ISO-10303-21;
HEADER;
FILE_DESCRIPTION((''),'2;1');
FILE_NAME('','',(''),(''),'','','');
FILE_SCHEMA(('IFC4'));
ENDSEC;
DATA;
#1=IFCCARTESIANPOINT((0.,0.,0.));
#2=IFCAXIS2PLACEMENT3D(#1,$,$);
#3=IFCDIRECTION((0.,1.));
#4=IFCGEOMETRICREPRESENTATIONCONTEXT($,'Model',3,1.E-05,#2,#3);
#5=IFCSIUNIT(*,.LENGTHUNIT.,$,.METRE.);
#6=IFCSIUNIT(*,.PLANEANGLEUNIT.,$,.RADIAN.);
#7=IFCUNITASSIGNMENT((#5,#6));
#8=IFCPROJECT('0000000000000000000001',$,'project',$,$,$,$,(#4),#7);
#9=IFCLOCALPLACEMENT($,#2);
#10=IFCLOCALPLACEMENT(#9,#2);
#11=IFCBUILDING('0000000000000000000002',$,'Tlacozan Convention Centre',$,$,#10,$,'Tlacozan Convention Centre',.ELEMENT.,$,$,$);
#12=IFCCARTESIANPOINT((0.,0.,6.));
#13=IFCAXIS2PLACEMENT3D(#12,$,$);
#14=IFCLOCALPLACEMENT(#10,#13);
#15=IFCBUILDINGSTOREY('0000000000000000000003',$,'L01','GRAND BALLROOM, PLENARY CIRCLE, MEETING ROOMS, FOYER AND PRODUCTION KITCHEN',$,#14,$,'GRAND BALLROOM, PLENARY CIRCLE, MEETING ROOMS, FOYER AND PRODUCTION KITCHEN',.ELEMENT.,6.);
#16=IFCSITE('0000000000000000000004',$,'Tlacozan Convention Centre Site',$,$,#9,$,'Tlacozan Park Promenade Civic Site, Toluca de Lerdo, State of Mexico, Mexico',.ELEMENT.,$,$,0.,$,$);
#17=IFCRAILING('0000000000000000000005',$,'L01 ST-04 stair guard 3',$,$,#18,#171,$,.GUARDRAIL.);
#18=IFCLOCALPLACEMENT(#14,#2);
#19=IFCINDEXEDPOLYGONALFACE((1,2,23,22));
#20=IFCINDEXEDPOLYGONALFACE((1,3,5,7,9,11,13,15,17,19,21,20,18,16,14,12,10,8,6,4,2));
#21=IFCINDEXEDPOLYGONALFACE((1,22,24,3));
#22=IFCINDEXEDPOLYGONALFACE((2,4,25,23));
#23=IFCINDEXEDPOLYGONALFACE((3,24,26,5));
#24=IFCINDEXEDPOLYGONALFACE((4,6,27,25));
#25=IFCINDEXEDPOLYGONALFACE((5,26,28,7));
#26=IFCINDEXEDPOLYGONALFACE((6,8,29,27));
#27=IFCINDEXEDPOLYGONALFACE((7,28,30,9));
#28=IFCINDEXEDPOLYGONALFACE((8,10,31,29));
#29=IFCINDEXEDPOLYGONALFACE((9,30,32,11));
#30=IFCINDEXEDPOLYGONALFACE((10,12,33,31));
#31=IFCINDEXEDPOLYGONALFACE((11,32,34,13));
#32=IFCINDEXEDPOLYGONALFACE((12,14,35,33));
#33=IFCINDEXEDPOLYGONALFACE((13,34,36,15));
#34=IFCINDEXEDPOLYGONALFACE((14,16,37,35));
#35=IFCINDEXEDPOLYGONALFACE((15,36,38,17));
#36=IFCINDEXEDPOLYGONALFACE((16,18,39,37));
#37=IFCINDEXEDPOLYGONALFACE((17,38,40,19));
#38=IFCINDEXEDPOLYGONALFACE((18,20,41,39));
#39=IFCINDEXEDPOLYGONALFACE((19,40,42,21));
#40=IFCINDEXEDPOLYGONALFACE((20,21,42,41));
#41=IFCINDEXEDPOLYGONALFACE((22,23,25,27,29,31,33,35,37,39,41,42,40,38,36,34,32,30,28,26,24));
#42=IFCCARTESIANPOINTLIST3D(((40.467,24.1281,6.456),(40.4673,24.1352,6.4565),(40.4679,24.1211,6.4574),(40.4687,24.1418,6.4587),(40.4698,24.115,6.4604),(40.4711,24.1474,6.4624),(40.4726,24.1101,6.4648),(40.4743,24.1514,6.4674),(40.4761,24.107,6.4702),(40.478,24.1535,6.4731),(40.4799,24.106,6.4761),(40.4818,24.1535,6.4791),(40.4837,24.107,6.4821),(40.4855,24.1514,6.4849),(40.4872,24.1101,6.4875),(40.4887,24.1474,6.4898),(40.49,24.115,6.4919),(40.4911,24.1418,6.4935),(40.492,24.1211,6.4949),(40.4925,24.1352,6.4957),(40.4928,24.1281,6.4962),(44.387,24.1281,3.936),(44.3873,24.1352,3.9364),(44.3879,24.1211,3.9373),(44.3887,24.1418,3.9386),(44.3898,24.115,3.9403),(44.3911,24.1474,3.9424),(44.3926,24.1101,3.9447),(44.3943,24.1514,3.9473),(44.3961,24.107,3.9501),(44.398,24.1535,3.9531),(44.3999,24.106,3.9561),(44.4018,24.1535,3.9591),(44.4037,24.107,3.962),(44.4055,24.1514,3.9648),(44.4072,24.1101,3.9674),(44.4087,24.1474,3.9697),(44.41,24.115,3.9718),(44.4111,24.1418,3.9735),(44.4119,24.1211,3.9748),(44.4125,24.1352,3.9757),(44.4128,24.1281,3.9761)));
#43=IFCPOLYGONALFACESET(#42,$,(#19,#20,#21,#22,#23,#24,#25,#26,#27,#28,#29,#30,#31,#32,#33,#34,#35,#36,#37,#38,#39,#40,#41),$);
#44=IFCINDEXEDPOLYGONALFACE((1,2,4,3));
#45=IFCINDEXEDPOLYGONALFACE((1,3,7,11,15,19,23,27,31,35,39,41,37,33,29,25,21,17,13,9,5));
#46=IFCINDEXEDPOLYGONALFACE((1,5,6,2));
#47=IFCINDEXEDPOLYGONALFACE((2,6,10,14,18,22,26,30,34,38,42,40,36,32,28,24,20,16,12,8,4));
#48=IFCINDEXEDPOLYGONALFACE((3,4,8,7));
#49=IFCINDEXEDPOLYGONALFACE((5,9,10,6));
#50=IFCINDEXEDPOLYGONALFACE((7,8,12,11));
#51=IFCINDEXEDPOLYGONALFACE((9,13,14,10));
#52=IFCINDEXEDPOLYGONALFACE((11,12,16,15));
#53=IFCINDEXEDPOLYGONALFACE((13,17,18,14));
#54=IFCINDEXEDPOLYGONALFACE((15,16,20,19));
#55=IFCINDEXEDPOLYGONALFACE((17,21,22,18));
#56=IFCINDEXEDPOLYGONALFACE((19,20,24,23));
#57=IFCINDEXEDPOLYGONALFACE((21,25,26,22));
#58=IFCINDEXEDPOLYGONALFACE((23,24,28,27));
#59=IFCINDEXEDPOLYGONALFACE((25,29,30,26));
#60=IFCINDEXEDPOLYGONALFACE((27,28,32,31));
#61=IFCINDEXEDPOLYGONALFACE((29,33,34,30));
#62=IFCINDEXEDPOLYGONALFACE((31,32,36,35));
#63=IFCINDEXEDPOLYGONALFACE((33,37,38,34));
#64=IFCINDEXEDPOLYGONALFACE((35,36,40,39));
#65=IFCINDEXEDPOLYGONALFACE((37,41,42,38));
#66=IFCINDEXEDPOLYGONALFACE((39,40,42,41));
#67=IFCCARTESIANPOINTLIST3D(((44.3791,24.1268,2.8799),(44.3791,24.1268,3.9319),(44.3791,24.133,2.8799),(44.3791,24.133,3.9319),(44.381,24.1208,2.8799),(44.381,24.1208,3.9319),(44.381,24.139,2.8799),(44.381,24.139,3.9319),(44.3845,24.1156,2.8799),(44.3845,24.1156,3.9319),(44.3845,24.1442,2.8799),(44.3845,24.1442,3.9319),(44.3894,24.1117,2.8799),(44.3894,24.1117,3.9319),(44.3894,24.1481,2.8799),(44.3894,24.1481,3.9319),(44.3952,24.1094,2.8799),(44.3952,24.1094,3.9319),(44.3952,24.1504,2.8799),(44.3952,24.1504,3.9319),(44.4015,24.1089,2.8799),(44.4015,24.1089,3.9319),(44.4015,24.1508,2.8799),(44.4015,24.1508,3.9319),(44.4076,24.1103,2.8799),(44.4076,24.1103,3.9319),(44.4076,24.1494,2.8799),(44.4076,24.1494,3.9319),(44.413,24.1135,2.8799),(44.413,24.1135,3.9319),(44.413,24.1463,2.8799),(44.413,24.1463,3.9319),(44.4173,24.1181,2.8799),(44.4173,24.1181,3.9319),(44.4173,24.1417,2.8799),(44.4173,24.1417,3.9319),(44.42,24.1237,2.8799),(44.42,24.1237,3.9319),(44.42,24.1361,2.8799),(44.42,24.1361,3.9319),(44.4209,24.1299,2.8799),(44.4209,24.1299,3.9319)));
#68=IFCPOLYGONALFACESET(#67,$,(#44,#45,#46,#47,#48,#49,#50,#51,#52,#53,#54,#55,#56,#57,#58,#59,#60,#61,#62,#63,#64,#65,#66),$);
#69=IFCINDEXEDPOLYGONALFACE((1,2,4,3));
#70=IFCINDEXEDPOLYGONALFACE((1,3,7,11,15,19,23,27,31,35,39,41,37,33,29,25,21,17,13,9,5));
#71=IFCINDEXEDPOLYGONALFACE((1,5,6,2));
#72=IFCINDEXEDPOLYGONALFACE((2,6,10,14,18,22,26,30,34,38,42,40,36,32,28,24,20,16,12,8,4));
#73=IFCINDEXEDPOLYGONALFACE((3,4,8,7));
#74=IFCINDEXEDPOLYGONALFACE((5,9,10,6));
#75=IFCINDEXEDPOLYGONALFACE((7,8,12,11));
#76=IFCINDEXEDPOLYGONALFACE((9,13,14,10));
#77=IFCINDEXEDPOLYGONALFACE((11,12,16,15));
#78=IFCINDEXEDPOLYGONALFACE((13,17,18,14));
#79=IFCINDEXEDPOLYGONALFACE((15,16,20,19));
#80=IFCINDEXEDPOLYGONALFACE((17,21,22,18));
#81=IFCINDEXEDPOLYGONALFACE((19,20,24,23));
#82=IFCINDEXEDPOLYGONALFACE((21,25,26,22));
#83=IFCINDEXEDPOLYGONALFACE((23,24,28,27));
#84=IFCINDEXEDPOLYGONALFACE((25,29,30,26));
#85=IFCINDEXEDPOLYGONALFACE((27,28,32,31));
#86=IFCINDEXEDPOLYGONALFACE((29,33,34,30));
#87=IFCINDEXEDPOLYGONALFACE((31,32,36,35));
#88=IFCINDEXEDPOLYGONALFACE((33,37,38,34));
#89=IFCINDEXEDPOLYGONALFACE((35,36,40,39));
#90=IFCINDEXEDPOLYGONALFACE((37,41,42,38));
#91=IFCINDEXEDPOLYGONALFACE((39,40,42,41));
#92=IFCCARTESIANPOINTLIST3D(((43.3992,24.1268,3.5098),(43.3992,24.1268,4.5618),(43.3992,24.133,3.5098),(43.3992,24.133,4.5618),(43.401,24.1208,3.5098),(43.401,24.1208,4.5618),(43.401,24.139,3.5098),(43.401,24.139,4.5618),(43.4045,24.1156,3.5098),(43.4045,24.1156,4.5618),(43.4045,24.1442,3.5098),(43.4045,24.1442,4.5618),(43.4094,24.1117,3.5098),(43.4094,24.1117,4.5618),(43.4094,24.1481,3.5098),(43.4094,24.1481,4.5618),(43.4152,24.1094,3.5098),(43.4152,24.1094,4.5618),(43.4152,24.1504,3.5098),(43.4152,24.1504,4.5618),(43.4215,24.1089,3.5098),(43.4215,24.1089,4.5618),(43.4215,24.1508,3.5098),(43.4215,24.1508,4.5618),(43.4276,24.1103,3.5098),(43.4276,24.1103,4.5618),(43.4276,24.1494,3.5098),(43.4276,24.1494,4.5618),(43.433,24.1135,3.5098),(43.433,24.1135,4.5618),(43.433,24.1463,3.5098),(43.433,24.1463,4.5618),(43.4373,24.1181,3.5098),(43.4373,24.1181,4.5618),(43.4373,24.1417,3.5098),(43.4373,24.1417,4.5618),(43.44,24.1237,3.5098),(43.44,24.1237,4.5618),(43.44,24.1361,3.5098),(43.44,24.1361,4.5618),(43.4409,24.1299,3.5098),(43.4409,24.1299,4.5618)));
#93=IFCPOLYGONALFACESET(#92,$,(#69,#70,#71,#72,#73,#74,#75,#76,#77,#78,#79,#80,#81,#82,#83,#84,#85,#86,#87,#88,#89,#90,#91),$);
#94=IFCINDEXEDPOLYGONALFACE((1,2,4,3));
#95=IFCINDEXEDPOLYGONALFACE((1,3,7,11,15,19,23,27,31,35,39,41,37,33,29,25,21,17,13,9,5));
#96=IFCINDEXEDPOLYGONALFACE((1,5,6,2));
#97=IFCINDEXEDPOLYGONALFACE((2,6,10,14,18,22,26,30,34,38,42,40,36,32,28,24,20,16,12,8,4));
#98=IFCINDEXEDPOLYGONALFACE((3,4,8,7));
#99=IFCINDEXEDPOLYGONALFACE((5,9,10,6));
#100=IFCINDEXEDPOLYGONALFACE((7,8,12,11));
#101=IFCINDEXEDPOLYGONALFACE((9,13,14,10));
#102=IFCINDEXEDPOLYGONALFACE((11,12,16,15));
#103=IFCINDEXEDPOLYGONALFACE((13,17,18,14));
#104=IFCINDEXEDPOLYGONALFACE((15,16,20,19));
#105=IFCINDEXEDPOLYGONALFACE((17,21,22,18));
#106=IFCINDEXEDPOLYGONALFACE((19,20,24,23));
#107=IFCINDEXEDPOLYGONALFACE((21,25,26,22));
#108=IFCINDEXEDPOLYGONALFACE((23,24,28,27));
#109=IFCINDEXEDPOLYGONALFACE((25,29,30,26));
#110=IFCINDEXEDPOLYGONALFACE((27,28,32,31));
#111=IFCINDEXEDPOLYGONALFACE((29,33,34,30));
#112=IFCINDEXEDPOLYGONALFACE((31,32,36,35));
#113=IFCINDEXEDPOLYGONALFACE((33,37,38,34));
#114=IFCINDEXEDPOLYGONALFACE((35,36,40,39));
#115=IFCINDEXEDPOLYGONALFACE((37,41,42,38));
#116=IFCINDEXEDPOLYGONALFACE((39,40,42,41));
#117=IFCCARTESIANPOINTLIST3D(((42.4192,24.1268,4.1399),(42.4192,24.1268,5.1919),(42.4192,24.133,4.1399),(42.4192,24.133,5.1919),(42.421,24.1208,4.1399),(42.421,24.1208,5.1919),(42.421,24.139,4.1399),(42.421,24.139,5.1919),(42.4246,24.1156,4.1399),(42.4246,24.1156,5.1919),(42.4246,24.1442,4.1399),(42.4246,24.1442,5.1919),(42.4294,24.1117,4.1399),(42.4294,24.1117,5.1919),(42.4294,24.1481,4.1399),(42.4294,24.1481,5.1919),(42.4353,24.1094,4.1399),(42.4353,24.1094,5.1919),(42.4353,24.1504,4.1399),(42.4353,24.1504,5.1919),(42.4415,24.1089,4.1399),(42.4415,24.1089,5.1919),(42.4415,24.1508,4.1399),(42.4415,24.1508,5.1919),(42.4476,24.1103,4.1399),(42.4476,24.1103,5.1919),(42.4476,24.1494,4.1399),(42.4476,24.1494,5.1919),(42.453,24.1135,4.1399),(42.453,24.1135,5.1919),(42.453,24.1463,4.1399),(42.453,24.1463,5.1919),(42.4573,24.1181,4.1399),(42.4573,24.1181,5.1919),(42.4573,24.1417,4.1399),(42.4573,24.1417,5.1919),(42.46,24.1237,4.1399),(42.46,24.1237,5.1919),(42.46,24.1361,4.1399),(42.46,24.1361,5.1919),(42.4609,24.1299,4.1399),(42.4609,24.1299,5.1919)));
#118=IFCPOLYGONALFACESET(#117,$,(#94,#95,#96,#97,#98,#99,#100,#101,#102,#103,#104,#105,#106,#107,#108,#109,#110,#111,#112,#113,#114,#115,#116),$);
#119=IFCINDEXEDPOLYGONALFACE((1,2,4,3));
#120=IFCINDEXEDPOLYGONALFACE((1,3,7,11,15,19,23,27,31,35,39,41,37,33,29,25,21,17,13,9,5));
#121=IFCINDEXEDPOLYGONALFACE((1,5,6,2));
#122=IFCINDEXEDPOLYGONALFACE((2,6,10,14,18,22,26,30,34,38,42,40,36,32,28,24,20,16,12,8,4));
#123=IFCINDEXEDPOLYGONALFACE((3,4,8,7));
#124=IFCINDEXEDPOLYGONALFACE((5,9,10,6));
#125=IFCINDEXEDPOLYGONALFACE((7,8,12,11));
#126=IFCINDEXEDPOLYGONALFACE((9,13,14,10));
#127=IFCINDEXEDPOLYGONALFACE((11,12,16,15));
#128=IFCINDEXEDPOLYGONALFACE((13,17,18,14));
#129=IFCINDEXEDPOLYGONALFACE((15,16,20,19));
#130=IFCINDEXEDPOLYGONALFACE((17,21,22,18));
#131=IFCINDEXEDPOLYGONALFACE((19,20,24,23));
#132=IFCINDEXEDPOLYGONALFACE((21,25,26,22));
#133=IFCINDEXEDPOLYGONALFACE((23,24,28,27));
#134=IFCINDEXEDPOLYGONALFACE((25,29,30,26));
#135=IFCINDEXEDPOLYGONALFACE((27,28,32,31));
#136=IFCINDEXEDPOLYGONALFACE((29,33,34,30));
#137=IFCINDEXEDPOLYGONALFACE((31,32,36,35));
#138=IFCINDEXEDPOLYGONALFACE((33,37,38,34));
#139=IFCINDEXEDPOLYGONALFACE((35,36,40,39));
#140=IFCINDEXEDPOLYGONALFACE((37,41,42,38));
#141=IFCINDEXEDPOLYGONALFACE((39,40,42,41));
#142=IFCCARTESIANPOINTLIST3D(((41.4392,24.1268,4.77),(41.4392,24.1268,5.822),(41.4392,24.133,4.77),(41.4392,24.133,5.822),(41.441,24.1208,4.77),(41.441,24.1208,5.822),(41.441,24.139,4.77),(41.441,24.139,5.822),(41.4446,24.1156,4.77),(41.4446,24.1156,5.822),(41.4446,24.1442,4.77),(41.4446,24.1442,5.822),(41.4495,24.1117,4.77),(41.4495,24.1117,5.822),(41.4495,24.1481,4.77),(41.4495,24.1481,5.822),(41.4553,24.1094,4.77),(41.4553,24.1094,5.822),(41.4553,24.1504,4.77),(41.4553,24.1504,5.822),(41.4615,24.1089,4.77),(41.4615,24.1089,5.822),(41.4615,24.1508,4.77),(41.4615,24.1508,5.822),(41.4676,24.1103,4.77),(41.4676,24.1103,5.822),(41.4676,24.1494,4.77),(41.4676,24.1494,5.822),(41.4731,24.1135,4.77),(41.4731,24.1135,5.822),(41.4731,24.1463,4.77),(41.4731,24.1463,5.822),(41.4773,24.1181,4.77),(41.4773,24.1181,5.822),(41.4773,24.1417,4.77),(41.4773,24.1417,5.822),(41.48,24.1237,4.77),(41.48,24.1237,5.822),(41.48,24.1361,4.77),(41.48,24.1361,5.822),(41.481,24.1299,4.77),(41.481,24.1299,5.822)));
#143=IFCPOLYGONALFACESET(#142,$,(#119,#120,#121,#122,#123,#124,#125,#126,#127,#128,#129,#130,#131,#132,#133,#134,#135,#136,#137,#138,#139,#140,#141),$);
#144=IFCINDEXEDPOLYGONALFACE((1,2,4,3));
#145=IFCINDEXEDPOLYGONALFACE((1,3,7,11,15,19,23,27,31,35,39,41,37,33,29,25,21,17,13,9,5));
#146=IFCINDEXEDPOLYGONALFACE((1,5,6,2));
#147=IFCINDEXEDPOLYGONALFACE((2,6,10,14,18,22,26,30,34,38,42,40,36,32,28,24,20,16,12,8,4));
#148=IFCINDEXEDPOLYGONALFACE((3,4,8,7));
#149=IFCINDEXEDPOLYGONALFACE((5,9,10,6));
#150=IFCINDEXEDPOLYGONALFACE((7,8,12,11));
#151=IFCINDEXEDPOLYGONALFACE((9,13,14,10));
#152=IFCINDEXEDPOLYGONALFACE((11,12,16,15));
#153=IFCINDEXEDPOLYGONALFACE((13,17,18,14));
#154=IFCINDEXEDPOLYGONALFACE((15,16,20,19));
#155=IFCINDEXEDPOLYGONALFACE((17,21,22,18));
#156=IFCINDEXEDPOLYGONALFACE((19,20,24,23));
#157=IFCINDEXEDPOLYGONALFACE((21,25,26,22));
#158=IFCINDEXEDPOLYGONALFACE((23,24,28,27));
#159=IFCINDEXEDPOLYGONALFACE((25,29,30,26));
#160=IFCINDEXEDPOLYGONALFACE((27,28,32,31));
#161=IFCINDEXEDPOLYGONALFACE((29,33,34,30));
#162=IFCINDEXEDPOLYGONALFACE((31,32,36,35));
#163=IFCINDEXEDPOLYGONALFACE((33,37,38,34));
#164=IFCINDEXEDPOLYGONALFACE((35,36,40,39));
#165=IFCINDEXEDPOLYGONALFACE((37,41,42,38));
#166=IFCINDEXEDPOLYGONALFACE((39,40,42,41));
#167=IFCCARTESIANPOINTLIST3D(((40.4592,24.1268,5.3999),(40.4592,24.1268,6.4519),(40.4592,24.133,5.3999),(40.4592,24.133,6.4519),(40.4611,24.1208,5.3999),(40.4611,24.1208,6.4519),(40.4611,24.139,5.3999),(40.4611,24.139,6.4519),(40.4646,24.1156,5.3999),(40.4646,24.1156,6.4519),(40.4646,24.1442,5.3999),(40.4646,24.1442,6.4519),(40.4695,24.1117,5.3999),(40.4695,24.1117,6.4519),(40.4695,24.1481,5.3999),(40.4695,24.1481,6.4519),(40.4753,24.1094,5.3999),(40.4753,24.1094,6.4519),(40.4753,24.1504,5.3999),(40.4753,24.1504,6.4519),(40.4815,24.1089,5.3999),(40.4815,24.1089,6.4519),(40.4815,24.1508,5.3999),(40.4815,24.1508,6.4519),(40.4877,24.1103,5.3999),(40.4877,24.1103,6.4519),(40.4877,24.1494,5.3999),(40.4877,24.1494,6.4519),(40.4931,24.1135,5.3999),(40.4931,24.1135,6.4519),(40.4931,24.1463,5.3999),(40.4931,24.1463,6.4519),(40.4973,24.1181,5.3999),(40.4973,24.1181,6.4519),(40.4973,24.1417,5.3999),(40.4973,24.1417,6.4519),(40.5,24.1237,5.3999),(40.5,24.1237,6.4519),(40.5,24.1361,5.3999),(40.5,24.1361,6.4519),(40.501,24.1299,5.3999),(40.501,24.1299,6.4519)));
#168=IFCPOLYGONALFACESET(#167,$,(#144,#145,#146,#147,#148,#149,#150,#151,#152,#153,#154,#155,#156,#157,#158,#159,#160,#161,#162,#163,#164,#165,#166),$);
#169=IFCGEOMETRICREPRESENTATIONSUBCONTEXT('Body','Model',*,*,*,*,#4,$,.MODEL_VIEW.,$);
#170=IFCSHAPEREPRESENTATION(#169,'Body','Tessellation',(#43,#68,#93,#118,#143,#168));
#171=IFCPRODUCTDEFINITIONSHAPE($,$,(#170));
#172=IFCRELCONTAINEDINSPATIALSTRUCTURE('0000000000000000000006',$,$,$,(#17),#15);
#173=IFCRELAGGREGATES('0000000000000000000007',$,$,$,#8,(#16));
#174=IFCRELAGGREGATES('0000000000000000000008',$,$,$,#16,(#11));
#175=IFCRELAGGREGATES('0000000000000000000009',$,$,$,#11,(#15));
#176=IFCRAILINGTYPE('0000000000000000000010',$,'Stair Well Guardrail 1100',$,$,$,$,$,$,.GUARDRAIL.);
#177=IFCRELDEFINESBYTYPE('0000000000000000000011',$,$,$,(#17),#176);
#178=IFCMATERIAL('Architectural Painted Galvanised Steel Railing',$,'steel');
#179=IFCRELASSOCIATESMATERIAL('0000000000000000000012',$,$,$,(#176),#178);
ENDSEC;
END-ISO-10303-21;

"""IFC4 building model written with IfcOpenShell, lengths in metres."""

from ifc_helpers import new_model, si_unit, direction, frame, origin, origin_2d, place, context, subcontext, project, spatial, circle, extrude, material, type_object, element, save


model = new_model("IFC4")

# Units and contexts
model_context = context("Model", 3, precision=1e-05, world=origin(), true_north=direction((0.0, 1.0)))
body_context = subcontext(model_context, "Body", "Model", "MODEL_VIEW")
ifc_project = project(units=[si_unit("LENGTHUNIT", "METRE"), si_unit("PLANEANGLEUNIT", "RADIAN")], contexts=[model_context])

# Site, building, storey
site_placement = place(None, origin())
site = spatial("IfcSite", under=ifc_project, at=site_placement, Name="Tlacozan Convention Centre Site", LongName="Tlacozan Park Promenade Civic Site, Toluca de Lerdo, State of Mexico, Mexico", CompositionType="ELEMENT", RefElevation=0.0)
building_placement = place(site_placement, origin())
building = spatial("IfcBuilding", under=site, at=building_placement, Name="Tlacozan Convention Centre", LongName="Tlacozan Convention Centre", CompositionType="ELEMENT")
storey_placement = place(building_placement, frame((0.0, 0.0, 6.0)))
storey = spatial("IfcBuildingStorey", under=building, at=storey_placement, Name="L01", Description="GRAND BALLROOM, PLENARY CIRCLE, MEETING ROOMS, FOYER AND PRODUCTION KITCHEN", LongName="GRAND BALLROOM, PLENARY CIRCLE, MEETING ROOMS, FOYER AND PRODUCTION KITCHEN", CompositionType="ELEMENT", Elevation=6.0)

# Railing
ifc_material_1 = material(Name="Architectural Painted Galvanised Steel Railing", Category="steel")
railing_type_1 = type_object("IfcRailingType", Name="Stair Well Guardrail 1100", PredefinedType="GUARDRAIL", material=ifc_material_1)
railing_1_placement = place(storey_placement, frame((44.3999, 24.1299, 2.8799)))
element("IfcRailing", 1, at=railing_1_placement, inside=storey, type_object=railing_type_1, Name="L01 ST-04 stair guard 3", PredefinedType="GUARDRAIL", context=body_context, shape_type="SweptSolid", body=[
    extrude(circle(Radius=0.0239, at=origin_2d()), frame((0.0, 0.0, 1.0762), z_axis=(-0.841172, 0.0, 0.540768), x_axis=(0.0, -1.0, 0.0)), (0.0, 0.0, 1.0), 4.6602),
    extrude(circle(Radius=0.021, at=origin_2d()), origin(), (0.0, 0.0, 1.0), 1.052),
    extrude(circle(Radius=0.021, at=origin_2d()), frame((-0.98, 0.0, 0.6299)), (0.0, 0.0, 1.0), 1.052),
    extrude(circle(Radius=0.021, at=origin_2d()), frame((-1.96, 0.0, 1.26)), (0.0, 0.0, 1.0), 1.052),
    extrude(circle(Radius=0.021, at=origin_2d()), frame((-2.9399, 0.0, 1.8901)), (0.0, 0.0, 1.0), 1.052),
    extrude(circle(Radius=0.021, at=origin_2d()), frame((-3.9199, 0.0, 2.52)), (0.0, 0.0, 1.0), 1.052),
])

save(model, "model.ifc")
